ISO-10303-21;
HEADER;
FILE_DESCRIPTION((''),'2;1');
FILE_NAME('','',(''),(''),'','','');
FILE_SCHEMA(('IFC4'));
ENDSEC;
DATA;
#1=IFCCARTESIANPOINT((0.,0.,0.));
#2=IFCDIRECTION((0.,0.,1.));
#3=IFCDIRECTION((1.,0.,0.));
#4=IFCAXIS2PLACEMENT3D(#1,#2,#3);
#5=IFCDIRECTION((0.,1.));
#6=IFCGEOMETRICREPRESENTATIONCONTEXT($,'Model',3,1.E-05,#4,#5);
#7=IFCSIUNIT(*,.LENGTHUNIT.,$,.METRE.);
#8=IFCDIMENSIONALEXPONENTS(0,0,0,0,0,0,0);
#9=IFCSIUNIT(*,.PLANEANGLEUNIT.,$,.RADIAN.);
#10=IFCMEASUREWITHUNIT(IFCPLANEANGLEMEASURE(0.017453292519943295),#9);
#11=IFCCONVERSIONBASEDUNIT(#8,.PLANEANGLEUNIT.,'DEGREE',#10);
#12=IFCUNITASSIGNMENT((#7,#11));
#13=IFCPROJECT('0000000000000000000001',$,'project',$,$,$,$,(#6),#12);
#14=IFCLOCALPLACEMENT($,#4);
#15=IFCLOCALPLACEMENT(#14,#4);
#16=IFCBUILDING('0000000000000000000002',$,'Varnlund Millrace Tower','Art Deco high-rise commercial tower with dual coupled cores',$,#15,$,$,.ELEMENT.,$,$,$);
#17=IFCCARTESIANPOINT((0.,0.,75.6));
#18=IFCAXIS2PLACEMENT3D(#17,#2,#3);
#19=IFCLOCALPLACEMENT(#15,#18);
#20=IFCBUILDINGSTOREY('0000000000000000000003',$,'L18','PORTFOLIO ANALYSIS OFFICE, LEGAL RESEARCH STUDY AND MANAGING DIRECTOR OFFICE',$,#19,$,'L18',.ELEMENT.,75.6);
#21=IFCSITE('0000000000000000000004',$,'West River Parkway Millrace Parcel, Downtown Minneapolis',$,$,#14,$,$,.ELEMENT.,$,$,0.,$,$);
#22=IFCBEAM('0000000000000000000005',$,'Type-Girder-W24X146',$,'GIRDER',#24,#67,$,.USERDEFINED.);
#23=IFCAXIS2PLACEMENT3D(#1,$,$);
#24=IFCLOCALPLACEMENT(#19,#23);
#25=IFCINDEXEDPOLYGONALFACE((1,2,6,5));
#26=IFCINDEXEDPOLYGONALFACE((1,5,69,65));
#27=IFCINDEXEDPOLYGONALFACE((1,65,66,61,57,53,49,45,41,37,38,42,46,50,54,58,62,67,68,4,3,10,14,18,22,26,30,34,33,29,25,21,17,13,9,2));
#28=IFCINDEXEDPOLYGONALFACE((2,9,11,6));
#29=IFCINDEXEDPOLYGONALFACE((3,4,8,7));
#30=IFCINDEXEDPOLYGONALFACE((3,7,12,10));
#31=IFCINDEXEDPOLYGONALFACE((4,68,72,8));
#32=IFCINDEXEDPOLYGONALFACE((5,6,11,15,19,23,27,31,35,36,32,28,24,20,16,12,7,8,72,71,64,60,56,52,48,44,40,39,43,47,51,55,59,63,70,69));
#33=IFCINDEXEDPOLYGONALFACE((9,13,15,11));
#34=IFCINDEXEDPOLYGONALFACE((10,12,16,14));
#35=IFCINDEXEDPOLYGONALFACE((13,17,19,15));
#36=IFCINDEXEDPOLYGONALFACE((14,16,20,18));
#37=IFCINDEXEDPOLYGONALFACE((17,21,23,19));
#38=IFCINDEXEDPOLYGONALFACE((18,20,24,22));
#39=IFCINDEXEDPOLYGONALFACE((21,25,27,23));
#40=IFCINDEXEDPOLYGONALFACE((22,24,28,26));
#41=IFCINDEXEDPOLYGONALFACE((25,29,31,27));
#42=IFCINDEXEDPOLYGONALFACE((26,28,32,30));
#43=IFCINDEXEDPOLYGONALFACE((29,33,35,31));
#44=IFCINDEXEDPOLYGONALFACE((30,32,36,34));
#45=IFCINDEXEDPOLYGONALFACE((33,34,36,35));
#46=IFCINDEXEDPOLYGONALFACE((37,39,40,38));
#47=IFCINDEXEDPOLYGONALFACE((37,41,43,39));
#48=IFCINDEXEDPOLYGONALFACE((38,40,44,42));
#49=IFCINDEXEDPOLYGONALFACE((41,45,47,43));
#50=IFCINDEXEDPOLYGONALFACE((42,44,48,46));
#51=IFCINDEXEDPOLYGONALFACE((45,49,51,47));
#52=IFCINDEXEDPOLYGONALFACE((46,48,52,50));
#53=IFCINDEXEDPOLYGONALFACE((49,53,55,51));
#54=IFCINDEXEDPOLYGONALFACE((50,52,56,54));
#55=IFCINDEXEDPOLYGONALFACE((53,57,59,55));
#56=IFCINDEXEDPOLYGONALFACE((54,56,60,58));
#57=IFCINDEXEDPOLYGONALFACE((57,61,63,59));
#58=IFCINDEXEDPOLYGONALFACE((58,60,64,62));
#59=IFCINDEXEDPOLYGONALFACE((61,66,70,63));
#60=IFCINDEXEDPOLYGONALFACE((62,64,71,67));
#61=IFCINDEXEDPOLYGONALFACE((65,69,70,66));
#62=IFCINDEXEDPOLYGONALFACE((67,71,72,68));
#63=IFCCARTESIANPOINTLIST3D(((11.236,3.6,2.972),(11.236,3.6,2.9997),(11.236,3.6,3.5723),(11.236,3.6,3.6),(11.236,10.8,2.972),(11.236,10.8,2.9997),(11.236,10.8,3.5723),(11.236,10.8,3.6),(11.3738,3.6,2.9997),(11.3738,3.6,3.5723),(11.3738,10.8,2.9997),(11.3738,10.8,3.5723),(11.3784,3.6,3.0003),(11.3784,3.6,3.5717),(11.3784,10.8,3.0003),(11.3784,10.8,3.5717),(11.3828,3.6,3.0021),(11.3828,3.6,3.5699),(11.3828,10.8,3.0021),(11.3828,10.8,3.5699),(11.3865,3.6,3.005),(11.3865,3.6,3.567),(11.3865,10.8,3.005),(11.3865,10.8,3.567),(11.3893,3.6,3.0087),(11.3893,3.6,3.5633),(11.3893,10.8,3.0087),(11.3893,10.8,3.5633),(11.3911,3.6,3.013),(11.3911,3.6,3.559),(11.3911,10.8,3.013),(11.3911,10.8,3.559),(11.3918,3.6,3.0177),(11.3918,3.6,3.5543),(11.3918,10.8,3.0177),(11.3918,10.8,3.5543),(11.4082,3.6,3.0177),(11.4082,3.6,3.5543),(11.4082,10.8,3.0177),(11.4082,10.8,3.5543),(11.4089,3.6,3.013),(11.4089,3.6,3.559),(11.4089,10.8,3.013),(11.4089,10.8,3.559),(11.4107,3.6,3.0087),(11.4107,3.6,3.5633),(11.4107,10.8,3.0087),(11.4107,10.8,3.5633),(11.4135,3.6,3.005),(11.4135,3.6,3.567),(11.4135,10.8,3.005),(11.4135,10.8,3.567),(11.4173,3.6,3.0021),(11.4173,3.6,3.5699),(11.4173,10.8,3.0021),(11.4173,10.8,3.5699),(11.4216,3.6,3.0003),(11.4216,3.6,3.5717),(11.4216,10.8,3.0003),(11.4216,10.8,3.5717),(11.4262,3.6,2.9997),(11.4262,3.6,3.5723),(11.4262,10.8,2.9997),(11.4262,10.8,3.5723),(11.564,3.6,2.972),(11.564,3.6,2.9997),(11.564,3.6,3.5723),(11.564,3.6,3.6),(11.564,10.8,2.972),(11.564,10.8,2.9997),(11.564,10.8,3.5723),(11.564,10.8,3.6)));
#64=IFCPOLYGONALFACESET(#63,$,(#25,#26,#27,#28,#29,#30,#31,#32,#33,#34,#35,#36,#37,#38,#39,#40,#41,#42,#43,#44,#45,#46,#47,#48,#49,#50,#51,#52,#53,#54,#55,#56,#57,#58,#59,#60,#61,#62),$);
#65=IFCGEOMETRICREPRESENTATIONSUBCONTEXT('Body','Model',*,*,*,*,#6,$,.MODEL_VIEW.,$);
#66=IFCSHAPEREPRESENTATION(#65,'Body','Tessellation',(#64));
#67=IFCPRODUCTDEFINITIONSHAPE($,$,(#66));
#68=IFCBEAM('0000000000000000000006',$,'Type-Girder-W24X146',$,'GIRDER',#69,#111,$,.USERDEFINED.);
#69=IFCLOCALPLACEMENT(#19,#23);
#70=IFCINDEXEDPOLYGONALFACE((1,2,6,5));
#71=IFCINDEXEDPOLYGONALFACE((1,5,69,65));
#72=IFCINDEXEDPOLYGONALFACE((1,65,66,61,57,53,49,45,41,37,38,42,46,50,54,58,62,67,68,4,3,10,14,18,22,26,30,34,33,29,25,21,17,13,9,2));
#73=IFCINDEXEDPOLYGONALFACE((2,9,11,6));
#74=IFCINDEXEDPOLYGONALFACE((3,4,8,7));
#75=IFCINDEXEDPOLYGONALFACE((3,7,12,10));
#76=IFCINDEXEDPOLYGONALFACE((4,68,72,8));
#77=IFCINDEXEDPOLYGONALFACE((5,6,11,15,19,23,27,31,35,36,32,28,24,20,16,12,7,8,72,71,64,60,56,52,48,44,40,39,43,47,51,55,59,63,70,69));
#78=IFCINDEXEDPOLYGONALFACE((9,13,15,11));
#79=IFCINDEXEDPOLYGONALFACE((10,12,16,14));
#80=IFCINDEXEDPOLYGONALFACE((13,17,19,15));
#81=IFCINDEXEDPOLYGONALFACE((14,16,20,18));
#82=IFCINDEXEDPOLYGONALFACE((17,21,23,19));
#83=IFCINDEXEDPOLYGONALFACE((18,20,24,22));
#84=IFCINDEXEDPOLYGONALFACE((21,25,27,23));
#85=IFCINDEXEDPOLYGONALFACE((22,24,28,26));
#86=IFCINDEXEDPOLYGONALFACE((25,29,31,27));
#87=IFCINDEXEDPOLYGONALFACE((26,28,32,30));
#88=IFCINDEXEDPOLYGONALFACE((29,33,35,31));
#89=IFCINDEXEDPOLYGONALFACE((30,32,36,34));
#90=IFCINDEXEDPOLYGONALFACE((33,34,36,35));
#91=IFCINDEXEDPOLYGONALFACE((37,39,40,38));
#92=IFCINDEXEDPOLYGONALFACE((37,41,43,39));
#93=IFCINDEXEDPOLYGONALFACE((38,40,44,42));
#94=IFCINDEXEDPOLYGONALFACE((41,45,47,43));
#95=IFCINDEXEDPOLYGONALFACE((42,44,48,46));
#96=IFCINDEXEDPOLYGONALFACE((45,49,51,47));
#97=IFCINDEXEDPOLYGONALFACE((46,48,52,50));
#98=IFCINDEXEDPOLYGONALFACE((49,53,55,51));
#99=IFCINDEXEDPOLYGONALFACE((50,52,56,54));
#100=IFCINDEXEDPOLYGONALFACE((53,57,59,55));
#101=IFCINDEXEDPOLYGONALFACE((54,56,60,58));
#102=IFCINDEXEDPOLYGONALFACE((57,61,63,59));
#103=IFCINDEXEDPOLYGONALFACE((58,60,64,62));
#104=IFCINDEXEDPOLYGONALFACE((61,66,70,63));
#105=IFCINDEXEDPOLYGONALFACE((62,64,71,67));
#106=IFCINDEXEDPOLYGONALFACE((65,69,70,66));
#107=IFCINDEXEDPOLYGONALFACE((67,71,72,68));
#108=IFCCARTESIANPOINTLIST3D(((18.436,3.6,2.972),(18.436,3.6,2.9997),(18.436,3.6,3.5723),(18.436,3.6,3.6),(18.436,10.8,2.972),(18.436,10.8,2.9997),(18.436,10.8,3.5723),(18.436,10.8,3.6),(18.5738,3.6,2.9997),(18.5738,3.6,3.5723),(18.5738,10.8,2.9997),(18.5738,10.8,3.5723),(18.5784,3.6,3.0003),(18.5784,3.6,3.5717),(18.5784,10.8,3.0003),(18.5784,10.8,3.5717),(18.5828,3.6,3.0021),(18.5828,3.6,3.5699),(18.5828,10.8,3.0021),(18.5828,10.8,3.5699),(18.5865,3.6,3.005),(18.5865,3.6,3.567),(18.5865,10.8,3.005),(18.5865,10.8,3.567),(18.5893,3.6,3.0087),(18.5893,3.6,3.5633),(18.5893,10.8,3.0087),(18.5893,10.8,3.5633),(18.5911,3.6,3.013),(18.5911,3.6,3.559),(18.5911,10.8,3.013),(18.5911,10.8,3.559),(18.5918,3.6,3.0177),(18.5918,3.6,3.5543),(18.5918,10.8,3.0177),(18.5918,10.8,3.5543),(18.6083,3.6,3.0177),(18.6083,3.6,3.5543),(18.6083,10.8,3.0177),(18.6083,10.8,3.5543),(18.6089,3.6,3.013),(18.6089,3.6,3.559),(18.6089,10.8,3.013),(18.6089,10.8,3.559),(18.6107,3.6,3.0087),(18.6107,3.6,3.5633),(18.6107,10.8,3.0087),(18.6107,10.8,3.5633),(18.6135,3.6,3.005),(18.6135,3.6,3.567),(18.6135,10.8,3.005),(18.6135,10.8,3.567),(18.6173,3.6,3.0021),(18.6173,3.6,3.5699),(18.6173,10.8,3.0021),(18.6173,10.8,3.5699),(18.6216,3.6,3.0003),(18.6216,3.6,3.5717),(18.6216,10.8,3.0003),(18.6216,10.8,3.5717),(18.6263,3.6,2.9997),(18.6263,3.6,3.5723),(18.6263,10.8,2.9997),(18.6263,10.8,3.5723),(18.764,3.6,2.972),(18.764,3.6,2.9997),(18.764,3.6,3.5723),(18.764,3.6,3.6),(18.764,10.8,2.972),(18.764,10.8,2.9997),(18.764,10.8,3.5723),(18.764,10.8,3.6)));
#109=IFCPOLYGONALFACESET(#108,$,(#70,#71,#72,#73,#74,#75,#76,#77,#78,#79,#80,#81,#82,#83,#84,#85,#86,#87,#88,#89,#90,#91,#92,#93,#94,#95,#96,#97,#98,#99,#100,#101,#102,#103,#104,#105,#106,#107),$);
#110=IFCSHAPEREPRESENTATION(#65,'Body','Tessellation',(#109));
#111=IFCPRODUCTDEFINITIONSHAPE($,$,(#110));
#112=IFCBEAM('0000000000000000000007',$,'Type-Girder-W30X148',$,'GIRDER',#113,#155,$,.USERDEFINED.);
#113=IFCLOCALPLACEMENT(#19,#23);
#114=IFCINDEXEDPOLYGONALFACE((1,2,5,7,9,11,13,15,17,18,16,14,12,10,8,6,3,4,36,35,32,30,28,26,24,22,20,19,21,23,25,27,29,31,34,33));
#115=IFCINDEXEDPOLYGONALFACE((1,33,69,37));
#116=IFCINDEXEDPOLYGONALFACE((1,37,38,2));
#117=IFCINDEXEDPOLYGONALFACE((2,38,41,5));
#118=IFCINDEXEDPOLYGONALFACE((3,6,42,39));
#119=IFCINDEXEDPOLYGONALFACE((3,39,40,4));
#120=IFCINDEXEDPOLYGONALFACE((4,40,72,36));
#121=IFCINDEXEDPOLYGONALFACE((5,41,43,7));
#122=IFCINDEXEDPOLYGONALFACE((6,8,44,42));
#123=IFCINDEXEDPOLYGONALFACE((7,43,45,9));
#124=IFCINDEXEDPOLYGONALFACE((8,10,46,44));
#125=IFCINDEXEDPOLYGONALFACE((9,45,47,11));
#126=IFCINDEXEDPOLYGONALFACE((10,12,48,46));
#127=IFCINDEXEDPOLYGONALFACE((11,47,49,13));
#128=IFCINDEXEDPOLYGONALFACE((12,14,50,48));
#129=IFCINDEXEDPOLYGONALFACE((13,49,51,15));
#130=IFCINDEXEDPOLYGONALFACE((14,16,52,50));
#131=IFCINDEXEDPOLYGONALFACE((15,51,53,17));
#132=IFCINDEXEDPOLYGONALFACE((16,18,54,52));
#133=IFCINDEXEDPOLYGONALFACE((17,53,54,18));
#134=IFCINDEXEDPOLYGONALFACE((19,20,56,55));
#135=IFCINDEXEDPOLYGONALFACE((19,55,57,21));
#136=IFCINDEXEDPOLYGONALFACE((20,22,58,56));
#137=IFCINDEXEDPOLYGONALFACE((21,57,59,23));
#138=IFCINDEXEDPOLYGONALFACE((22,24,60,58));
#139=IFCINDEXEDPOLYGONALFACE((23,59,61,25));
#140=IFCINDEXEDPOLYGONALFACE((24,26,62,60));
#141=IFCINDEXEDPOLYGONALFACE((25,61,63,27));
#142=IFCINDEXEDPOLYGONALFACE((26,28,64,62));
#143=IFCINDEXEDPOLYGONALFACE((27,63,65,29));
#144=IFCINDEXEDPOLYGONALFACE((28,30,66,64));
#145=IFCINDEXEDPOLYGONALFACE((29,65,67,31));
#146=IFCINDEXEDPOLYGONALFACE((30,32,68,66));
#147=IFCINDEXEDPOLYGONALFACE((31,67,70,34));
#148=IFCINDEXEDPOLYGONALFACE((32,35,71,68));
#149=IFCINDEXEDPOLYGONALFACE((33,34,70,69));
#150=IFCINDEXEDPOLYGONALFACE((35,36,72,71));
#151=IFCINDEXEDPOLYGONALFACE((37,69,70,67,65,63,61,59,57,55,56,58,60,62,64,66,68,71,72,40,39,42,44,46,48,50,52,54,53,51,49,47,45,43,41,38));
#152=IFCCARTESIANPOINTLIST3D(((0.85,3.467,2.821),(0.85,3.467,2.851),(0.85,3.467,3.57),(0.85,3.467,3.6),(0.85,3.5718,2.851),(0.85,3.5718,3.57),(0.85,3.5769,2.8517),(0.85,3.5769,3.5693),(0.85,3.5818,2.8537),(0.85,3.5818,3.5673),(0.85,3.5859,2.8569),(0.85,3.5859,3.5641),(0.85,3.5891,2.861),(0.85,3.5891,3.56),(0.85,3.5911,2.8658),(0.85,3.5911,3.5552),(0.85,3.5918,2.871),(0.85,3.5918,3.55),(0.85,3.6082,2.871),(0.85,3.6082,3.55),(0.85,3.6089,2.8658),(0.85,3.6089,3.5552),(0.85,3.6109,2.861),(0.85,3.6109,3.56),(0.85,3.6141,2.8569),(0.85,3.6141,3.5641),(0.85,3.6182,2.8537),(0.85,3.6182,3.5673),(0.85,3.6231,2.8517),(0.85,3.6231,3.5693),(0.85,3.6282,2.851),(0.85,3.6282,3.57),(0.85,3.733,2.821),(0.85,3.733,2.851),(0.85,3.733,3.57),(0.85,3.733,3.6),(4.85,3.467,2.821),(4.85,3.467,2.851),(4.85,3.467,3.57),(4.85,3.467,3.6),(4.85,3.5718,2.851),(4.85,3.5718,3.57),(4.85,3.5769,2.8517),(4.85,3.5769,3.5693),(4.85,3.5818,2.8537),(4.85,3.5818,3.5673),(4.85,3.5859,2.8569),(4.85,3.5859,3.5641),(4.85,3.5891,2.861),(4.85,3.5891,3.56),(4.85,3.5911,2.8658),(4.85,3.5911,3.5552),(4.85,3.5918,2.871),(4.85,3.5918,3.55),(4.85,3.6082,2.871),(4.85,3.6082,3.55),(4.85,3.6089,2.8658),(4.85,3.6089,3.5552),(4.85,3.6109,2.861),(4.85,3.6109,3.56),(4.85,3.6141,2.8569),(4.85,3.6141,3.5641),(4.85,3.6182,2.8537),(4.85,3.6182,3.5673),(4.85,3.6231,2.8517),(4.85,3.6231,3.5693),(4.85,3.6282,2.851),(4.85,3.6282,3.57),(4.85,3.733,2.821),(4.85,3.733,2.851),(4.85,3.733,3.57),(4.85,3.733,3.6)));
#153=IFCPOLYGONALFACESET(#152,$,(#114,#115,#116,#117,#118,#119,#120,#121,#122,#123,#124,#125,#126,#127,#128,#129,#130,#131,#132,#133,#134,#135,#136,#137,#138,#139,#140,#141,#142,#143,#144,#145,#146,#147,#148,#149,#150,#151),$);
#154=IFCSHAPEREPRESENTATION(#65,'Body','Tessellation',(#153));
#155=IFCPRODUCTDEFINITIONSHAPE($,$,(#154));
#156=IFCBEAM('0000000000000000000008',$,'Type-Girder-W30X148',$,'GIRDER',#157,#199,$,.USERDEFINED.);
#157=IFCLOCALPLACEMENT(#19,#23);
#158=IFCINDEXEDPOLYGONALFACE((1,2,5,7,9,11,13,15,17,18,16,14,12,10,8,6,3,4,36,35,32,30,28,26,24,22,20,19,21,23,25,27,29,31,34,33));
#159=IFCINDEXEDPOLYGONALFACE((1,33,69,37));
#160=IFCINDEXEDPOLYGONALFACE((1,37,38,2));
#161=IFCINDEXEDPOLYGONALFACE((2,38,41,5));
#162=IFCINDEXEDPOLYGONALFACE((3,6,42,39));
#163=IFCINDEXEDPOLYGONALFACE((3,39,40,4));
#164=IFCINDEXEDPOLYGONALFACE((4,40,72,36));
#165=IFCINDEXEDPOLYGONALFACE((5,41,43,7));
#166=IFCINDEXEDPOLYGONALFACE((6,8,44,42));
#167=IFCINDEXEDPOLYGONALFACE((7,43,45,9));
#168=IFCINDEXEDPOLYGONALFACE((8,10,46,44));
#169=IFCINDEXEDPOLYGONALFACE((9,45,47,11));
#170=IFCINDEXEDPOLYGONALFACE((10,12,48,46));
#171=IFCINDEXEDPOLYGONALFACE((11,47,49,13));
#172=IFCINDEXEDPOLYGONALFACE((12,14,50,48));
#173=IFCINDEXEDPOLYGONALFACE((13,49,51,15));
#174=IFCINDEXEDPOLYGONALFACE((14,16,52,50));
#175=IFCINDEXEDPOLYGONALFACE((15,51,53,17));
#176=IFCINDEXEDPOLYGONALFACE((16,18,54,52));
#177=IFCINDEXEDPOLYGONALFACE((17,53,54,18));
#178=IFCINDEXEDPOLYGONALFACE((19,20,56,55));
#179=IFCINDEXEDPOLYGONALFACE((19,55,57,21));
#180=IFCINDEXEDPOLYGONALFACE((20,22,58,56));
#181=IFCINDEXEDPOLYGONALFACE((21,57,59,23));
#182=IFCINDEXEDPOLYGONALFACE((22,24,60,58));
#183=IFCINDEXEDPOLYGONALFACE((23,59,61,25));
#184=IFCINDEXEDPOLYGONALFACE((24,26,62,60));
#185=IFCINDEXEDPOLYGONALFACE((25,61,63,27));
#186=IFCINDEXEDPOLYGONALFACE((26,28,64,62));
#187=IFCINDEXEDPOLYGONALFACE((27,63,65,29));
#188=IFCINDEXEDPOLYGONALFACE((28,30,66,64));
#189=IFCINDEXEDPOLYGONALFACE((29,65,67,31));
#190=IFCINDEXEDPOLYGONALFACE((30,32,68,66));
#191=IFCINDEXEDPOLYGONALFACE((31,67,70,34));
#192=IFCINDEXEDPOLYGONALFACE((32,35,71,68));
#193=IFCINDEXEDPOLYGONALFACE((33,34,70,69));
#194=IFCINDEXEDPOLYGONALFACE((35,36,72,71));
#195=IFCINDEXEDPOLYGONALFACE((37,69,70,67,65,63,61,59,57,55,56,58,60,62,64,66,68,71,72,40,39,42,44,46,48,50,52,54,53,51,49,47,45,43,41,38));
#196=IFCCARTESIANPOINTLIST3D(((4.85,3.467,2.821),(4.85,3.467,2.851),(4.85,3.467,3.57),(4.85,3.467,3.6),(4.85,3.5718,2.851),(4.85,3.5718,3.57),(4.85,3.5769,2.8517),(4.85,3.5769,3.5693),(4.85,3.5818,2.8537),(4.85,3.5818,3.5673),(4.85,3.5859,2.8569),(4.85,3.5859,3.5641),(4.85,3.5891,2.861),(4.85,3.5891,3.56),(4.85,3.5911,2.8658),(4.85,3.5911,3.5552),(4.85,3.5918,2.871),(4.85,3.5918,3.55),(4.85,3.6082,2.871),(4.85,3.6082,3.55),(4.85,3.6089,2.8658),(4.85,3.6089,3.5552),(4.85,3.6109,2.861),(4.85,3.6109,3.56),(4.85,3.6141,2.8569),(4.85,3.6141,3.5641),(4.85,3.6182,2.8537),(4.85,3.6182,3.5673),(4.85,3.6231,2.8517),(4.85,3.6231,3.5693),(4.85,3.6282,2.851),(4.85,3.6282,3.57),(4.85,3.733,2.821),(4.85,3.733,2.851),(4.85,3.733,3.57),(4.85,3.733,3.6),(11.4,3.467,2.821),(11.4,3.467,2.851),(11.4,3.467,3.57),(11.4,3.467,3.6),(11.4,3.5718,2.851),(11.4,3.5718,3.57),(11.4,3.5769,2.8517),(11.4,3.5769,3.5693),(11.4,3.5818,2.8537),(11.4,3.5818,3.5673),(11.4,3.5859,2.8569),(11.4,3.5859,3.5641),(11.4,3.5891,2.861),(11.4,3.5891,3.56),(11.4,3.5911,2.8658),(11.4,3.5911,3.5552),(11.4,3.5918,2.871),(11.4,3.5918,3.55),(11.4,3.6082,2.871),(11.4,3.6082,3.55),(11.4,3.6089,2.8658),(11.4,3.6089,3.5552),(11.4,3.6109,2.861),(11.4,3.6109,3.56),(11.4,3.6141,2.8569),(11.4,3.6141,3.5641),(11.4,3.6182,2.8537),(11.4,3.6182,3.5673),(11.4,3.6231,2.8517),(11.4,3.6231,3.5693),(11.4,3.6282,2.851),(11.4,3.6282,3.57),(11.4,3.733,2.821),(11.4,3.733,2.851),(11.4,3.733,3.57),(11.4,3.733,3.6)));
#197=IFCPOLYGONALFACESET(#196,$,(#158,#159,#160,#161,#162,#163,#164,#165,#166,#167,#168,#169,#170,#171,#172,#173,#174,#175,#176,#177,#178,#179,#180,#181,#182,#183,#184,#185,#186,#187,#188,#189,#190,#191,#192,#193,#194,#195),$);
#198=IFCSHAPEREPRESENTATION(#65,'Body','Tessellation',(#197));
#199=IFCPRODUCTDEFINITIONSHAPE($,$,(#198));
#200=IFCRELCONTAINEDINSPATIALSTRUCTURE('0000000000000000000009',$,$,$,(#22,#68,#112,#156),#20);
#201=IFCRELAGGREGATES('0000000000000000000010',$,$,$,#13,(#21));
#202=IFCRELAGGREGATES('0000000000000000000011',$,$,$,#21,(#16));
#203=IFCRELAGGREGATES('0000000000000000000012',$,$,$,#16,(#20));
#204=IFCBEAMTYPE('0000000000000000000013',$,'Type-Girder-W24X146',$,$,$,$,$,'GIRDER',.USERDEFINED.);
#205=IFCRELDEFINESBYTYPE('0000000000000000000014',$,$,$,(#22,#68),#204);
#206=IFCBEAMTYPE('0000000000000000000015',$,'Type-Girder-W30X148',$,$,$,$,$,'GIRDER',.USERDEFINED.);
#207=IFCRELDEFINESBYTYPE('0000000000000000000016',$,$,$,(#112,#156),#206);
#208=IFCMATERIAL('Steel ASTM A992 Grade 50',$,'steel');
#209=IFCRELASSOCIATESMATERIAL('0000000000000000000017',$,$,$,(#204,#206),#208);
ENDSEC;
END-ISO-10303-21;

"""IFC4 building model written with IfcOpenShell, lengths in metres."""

from ifc_helpers import new_model, entity, si_unit, converted_unit, direction, frame, origin_with_axes, origin_2d_with_axis, place, context, subcontext, project, spatial, i_section, extrude, material, material_profile, profile_set, type_object, element, save


model = new_model("IFC4")

# Units and contexts
model_context = context("Model", 3, precision=1e-05, world=origin_with_axes(), true_north=direction((0.0, 1.0)))
body_context = subcontext(model_context, "Body", "Model", "MODEL_VIEW")
ifc_project = project(units=[si_unit("LENGTHUNIT", "METRE"), converted_unit("PLANEANGLEUNIT", "DEGREE", entity("IfcPlaneAngleMeasure", 0.017453292519943295), si_unit("PLANEANGLEUNIT", "RADIAN"), dimensions=[0, 0, 0, 0, 0, 0, 0])], contexts=[model_context])

# Site, building, storey
site_placement = place(None, origin_with_axes())
site = spatial("IfcSite", under=ifc_project, at=site_placement, Name="West River Parkway Millrace Parcel, Downtown Minneapolis", CompositionType="ELEMENT", RefElevation=0.0)
building_placement = place(site_placement, origin_with_axes())
building = spatial("IfcBuilding", under=site, at=building_placement, Name="Varnlund Millrace Tower", Description="Art Deco high-rise commercial tower with dual coupled cores", CompositionType="ELEMENT")
storey_placement = place(building_placement, frame((0.0, 0.0, 75.6), z_axis=(0.0, 0.0, 1.0), x_axis=(1.0, 0.0, 0.0)))
storey = spatial("IfcBuildingStorey", under=building, at=storey_placement, Name="L18", Description="PORTFOLIO ANALYSIS OFFICE, LEGAL RESEARCH STUDY AND MANAGING DIRECTOR OFFICE", LongName="L18", CompositionType="ELEMENT", Elevation=75.6)

# Beams
ifc_material_1 = material(Name="Steel ASTM A992 Grade 50", Category="steel")
ifc_material_profile_1 = material_profile(ifc_material_1, i_section(OverallWidth=0.328, OverallDepth=0.628, WebThickness=0.0165, FlangeThickness=0.0277, FilletRadius=0.018, at=origin_2d_with_axis()), Name="Steel ASTM A992 Grade 50")
ifc_profile_set_1 = profile_set([ifc_material_profile_1], Name="Steel ASTM A992 Grade 50")
beam_type_1 = type_object("IfcBeamType", Name="Type-Girder-W24X146", ElementType="GIRDER", PredefinedType="USERDEFINED", material=ifc_profile_set_1)
for number, where, z_axis, x_axis, name in (
    (1, (11.4, 3.6, 3.286), (0.0, 1.0, 0.0), (-1.0, 0.0, 0.0), "Type-Girder-W24X146"),
    (2, (18.6, 3.6, 3.286), (0.0, 1.0, 0.0), (-1.0, 0.0, 0.0), "Type-Girder-W24X146"),
):
    element("IfcBeam", number, at=place(storey_placement, frame(where, z_axis=z_axis, x_axis=x_axis)), inside=storey, type_object=beam_type_1, Name=name, ObjectType="GIRDER", PredefinedType="USERDEFINED", context=body_context, shape_type="SweptSolid", body=[
        extrude(i_section(OverallWidth=0.328, OverallDepth=0.628, WebThickness=0.0165, FlangeThickness=0.0277, FilletRadius=0.018, at=origin_2d_with_axis()), origin_with_axes(), (0.0, 0.0, 1.0), 7.2),
    ])
ifc_material_profile_2 = material_profile(ifc_material_1, i_section(OverallWidth=0.266, OverallDepth=0.779, WebThickness=0.0165, FlangeThickness=0.03, FilletRadius=0.02, at=origin_2d_with_axis()), Name="Steel ASTM A992 Grade 50")
ifc_profile_set_2 = profile_set([ifc_material_profile_2], Name="Steel ASTM A992 Grade 50")
beam_type_2 = type_object("IfcBeamType", Name="Type-Girder-W30X148", ElementType="GIRDER", PredefinedType="USERDEFINED", material=ifc_profile_set_2)
beam_1_placement = place(storey_placement, frame((0.85, 3.6, 3.2105), z_axis=(1.0, 0.0, 0.0), x_axis=(0.0, 1.0, 0.0)))
element("IfcBeam", 3, at=beam_1_placement, inside=storey, type_object=beam_type_2, Name="Type-Girder-W30X148", ObjectType="GIRDER", PredefinedType="USERDEFINED", context=body_context, shape_type="SweptSolid", body=[
    extrude(i_section(OverallWidth=0.266, OverallDepth=0.779, WebThickness=0.0165, FlangeThickness=0.03, FilletRadius=0.02, at=origin_2d_with_axis()), origin_with_axes(), (0.0, 0.0, 1.0), 4.0),
])
beam_2_placement = place(storey_placement, frame((4.85, 3.6, 3.2105), z_axis=(1.0, 0.0, 0.0), x_axis=(0.0, 1.0, 0.0)))
element("IfcBeam", 4, at=beam_2_placement, inside=storey, type_object=beam_type_2, Name="Type-Girder-W30X148", ObjectType="GIRDER", PredefinedType="USERDEFINED", context=body_context, shape_type="SweptSolid", body=[
    extrude(i_section(OverallWidth=0.266, OverallDepth=0.779, WebThickness=0.0165, FlangeThickness=0.03, FilletRadius=0.02, at=origin_2d_with_axis()), origin_with_axes(), (0.0, 0.0, 1.0), 6.55),
])

save(model, "model.ifc")
